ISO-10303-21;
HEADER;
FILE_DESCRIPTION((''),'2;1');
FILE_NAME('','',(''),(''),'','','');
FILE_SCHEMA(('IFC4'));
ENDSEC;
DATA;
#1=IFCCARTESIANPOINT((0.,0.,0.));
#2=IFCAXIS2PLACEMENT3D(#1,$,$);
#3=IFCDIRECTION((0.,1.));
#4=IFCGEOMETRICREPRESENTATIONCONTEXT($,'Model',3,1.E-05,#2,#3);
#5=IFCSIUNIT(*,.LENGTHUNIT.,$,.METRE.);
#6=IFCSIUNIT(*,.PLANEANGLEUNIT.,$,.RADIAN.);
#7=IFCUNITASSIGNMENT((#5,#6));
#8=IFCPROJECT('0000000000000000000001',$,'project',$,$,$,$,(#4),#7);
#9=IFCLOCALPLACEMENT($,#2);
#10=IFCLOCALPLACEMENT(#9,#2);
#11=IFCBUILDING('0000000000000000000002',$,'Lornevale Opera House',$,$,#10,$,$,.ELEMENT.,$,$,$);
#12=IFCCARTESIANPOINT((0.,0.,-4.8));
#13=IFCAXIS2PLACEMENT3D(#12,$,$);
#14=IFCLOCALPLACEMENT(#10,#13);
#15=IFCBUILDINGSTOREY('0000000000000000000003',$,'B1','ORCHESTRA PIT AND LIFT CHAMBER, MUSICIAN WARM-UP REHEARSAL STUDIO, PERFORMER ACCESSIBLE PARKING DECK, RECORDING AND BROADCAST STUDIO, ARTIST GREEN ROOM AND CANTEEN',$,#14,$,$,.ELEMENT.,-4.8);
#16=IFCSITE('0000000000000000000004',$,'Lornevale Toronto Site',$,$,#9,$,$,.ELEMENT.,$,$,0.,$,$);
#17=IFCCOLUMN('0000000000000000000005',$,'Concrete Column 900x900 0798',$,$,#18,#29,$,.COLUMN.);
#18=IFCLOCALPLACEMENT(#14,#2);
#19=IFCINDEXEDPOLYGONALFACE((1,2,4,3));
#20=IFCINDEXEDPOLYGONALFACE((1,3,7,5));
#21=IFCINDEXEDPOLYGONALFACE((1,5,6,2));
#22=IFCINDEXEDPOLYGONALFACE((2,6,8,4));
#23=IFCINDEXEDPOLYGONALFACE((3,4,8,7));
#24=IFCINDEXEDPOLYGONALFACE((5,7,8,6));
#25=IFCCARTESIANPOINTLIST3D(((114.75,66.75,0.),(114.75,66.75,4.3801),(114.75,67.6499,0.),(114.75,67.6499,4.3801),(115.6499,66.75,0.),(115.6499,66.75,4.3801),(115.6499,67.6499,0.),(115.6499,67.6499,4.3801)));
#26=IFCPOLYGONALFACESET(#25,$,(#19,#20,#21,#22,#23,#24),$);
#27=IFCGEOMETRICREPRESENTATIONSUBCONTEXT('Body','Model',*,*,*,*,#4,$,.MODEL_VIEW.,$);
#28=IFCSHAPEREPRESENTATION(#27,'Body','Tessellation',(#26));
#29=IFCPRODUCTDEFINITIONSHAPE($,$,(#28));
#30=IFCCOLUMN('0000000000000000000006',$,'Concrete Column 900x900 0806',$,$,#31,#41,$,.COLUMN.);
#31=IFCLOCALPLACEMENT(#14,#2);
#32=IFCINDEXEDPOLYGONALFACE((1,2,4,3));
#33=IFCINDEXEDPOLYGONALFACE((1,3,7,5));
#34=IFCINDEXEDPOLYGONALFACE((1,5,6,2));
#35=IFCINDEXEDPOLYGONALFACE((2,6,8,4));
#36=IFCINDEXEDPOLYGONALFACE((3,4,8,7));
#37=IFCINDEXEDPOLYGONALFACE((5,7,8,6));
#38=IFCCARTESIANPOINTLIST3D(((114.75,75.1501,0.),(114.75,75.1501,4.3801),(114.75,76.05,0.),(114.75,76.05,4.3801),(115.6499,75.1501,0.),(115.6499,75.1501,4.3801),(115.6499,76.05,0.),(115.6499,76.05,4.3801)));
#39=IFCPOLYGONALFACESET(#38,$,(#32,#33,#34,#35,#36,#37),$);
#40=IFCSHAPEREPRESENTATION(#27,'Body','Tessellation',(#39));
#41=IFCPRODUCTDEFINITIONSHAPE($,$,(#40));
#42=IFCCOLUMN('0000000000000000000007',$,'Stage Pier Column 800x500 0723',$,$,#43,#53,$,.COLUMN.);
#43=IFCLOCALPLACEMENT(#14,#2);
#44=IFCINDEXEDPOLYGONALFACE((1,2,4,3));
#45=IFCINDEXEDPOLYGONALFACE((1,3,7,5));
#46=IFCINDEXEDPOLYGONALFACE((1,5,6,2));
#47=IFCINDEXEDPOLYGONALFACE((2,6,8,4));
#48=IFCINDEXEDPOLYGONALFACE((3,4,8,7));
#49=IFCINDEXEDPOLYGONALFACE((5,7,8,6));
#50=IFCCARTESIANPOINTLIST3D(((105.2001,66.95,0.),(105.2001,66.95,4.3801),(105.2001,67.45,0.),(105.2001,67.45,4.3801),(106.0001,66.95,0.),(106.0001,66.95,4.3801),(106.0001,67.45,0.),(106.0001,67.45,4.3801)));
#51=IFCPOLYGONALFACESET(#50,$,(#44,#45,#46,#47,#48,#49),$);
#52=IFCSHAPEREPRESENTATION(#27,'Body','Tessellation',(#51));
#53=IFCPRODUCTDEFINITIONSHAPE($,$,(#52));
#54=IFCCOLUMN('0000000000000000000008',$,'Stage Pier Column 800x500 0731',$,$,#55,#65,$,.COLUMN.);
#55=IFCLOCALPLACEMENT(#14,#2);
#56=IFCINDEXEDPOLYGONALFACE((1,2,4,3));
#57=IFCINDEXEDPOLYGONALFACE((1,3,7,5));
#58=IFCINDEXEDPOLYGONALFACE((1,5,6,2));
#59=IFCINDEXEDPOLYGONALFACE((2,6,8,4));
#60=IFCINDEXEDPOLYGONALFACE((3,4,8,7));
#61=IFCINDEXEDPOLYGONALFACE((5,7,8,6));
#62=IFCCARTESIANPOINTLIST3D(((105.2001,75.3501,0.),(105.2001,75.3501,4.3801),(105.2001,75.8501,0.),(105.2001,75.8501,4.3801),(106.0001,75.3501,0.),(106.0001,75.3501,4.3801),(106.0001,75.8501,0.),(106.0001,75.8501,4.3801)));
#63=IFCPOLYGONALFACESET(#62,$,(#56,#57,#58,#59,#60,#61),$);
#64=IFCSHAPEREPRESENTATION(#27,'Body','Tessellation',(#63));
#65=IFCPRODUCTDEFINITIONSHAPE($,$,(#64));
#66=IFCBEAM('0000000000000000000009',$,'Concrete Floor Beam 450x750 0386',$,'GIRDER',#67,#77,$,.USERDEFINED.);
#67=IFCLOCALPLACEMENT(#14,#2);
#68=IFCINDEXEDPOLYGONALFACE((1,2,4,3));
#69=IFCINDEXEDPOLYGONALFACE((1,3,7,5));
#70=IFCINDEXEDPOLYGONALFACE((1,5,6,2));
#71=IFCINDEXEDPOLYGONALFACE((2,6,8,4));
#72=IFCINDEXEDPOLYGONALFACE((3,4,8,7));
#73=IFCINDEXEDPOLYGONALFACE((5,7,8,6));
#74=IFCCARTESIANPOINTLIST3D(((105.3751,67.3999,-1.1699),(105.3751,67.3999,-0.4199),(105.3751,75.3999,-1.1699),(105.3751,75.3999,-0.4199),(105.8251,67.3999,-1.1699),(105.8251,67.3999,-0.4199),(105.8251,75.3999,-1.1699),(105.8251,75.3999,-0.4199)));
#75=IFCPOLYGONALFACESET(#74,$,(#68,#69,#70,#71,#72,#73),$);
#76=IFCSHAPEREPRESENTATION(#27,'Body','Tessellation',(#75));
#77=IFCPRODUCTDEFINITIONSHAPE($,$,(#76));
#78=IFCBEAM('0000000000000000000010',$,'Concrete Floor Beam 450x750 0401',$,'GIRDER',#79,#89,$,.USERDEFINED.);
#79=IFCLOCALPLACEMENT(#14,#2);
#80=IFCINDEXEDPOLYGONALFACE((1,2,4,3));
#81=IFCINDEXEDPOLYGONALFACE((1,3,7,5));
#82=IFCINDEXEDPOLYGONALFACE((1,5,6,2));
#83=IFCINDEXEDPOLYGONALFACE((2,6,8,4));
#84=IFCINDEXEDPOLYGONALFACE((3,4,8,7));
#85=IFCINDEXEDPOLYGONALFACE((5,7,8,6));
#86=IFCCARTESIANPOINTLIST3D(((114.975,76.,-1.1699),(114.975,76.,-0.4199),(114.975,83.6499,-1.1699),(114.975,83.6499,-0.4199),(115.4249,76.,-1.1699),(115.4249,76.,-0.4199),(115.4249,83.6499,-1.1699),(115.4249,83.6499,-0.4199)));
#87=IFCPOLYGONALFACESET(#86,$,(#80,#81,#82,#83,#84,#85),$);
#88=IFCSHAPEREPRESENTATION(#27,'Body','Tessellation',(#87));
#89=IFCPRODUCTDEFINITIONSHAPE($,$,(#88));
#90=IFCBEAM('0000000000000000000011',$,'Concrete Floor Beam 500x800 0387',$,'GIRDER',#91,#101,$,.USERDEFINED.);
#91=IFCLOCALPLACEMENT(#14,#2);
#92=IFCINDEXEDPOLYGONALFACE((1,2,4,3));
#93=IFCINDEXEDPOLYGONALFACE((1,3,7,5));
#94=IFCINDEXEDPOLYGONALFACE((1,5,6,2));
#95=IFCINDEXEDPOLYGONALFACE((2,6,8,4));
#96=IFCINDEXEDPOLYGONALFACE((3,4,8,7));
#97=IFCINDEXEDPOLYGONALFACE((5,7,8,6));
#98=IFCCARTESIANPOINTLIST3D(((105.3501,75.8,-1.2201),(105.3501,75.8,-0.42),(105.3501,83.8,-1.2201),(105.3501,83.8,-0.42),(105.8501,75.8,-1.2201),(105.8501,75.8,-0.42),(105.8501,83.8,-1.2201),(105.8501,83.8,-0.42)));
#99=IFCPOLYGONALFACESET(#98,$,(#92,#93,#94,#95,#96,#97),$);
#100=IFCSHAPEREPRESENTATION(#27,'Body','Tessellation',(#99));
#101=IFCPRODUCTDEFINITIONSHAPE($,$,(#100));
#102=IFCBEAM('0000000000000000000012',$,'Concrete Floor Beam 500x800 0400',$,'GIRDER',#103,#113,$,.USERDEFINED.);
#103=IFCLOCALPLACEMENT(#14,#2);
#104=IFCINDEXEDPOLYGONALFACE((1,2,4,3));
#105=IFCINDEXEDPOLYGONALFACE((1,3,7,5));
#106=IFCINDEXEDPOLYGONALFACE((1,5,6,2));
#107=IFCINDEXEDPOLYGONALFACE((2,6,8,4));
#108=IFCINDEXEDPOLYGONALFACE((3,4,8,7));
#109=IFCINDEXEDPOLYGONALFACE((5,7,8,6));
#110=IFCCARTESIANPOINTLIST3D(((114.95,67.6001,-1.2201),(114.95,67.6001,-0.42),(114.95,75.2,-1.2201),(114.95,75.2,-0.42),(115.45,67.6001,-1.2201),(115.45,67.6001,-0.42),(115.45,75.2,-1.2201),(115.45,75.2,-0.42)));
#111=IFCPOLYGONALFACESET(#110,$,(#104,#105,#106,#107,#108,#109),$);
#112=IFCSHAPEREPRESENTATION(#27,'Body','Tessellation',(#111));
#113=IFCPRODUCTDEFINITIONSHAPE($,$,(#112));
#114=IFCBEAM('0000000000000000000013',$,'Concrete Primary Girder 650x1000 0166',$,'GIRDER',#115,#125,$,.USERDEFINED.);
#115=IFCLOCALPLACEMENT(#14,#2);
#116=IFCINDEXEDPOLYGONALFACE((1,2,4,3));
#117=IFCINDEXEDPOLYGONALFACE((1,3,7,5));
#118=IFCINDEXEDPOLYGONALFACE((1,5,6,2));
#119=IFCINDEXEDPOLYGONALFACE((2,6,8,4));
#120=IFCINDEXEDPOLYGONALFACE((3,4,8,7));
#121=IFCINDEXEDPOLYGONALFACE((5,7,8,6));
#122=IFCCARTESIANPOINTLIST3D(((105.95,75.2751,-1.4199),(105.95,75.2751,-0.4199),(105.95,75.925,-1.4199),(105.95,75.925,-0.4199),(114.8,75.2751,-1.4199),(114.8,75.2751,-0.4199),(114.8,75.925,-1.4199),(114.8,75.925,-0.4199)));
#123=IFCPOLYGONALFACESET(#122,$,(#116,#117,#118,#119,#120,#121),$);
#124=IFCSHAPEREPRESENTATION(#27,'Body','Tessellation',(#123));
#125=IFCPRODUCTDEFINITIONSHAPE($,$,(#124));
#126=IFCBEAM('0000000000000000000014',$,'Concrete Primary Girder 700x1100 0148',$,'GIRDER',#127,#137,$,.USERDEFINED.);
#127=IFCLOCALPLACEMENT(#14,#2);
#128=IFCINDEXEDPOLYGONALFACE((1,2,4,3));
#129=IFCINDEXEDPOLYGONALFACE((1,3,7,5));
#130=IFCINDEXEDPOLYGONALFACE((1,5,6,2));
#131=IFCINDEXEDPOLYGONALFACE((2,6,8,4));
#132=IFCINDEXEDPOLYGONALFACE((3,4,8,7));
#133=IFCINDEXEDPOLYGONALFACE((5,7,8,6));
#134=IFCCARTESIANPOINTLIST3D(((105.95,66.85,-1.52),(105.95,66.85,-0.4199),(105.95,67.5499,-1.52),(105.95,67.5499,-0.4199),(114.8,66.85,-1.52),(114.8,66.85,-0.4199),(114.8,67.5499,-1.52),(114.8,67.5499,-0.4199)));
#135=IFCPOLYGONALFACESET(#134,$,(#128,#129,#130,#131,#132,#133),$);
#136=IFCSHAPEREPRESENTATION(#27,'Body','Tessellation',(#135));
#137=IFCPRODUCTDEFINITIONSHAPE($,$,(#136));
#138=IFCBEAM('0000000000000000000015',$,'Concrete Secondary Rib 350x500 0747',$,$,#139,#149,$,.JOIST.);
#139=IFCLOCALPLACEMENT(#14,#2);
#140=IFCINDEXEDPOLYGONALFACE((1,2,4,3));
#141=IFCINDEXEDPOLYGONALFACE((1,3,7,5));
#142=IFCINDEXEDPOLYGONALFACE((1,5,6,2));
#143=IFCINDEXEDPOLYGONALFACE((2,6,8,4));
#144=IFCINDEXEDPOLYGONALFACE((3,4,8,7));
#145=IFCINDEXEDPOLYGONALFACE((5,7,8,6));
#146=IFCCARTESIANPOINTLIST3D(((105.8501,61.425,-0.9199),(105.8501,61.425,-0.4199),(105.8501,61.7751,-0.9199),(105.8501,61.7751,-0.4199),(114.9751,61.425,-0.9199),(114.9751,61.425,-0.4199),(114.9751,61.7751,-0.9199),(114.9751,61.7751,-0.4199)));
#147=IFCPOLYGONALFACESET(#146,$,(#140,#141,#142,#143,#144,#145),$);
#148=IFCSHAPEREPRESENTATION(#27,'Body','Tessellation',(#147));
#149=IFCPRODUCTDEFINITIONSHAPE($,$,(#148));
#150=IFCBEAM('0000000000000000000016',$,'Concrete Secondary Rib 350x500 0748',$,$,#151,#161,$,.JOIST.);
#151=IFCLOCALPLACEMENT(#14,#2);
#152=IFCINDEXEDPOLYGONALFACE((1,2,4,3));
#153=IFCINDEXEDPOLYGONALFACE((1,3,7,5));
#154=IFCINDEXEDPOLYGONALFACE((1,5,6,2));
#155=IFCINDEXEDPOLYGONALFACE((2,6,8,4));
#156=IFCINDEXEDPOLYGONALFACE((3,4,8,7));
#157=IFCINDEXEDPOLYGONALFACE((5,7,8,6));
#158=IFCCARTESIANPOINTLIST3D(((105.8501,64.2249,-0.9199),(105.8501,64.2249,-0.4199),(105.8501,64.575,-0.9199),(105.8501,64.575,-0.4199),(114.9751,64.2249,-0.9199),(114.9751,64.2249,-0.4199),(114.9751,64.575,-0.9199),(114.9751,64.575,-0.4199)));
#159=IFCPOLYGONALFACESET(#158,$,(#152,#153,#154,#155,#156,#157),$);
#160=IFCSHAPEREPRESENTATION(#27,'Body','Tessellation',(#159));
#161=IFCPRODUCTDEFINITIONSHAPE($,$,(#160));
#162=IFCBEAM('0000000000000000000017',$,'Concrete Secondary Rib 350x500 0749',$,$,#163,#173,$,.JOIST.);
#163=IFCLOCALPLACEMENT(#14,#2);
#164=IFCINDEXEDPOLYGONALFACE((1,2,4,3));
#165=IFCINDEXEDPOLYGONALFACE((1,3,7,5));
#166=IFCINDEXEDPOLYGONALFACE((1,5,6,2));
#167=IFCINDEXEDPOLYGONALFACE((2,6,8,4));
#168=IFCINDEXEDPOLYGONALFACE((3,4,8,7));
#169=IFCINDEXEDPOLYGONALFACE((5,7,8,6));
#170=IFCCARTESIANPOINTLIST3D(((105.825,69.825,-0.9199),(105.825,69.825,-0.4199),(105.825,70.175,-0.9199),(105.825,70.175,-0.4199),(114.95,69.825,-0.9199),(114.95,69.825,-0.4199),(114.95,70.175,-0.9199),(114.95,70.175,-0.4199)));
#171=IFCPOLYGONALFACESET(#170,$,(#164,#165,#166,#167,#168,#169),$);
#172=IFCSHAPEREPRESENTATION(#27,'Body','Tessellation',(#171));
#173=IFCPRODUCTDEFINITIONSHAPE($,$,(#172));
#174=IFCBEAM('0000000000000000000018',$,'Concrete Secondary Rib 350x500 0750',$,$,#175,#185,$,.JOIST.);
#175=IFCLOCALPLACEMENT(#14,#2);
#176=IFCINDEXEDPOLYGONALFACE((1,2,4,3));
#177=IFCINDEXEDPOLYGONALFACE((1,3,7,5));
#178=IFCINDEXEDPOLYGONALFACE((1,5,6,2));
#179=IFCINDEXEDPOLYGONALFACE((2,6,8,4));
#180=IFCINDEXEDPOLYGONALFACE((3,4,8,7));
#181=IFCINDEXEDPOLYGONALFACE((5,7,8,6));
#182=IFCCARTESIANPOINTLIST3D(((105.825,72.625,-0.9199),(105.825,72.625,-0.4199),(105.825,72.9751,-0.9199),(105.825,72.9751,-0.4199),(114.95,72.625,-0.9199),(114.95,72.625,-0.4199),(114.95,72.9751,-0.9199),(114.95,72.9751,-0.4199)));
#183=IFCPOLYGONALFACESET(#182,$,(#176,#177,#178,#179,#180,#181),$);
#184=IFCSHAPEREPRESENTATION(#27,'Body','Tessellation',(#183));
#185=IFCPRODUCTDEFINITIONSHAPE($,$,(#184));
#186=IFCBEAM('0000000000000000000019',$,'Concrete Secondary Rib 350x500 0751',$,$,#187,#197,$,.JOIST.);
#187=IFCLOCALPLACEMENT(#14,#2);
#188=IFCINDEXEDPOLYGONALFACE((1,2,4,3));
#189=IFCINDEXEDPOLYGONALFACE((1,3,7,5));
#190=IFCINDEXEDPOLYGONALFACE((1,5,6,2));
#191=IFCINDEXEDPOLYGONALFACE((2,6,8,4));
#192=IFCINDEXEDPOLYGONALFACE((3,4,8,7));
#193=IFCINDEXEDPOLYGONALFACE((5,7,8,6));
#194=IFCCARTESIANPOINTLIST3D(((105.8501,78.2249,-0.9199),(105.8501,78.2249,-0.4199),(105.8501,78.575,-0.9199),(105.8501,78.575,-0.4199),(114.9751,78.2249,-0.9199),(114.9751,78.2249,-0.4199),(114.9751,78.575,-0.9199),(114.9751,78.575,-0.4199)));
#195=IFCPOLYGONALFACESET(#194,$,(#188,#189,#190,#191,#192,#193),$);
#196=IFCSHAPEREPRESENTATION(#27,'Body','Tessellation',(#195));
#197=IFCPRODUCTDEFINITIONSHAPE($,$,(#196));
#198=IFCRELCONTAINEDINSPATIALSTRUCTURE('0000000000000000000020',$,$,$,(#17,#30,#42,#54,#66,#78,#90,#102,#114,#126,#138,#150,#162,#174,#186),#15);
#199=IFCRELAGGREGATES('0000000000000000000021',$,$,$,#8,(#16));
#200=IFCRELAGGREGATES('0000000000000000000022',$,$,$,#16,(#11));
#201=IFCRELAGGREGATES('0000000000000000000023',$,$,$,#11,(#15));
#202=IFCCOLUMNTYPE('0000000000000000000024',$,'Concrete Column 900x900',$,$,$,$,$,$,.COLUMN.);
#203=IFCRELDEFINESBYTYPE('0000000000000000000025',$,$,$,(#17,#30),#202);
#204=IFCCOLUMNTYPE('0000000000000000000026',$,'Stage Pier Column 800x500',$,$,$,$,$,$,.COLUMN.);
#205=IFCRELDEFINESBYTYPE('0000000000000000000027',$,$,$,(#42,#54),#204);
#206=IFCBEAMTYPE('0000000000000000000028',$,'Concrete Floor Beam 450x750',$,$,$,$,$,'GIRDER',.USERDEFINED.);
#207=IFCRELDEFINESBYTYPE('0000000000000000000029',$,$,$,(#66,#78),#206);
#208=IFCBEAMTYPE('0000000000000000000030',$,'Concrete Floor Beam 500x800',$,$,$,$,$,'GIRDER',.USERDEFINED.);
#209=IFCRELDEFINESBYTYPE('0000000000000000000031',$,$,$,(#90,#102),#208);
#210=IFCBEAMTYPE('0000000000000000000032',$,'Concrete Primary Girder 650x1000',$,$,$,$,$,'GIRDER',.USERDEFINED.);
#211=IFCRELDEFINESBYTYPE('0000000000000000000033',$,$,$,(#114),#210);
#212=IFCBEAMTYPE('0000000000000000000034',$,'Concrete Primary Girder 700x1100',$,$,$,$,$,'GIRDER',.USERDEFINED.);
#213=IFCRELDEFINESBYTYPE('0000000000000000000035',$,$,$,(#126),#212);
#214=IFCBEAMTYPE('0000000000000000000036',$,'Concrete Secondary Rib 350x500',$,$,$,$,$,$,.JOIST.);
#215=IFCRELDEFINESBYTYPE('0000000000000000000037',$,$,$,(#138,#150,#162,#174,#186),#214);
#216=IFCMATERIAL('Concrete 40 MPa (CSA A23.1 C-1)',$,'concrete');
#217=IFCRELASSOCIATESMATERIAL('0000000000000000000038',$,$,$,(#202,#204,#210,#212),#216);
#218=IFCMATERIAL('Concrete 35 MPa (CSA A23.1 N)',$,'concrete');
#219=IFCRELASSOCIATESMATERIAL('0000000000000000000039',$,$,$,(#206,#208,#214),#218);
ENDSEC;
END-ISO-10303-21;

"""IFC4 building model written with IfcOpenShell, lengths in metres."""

from ifc_helpers import new_model, si_unit, direction, frame, origin, origin_2d, place, context, subcontext, project, spatial, rectangle, extrude, material, material_profile, profile_set, type_object, element, save


model = new_model("IFC4")

# Units and contexts
model_context = context("Model", 3, precision=1e-05, world=origin(), true_north=direction((0.0, 1.0)))
body_context = subcontext(model_context, "Body", "Model", "MODEL_VIEW")
ifc_project = project(units=[si_unit("LENGTHUNIT", "METRE"), si_unit("PLANEANGLEUNIT", "RADIAN")], contexts=[model_context])

# Site, building, storey
site_placement = place(None, origin())
site = spatial("IfcSite", under=ifc_project, at=site_placement, Name="Lornevale Toronto Site", CompositionType="ELEMENT", RefElevation=0.0)
building_placement = place(site_placement, origin())
building = spatial("IfcBuilding", under=site, at=building_placement, Name="Lornevale Opera House", CompositionType="ELEMENT")
storey_placement = place(building_placement, frame((0.0, 0.0, -4.8)))
storey = spatial("IfcBuildingStorey", under=building, at=storey_placement, Name="B1", Description="ORCHESTRA PIT AND LIFT CHAMBER, MUSICIAN WARM-UP REHEARSAL STUDIO, PERFORMER ACCESSIBLE PARKING DECK, RECORDING AND BROADCAST STUDIO, ARTIST GREEN ROOM AND CANTEEN", CompositionType="ELEMENT", Elevation=-4.8)

# Columns
ifc_material_1 = material(Name="Concrete 40 MPa (CSA A23.1 C-1)", Category="concrete")
ifc_material_profile_1 = material_profile(ifc_material_1, rectangle(XDim=0.8999, YDim=0.8999, at=origin_2d()), Name="RC900x900")
ifc_profile_set_1 = profile_set([ifc_material_profile_1], Name="Concrete 40 MPa (CSA A23.1 C-1)")
column_type_1 = type_object("IfcColumnType", Name="Concrete Column 900x900", PredefinedType="COLUMN", material=ifc_profile_set_1)
for number, where, z_axis, x_axis, name in (
    (1, (115.2, 67.2, 0.0), (0.0, 0.0, 1.0), (1.0, 0.0, 0.0), "Concrete Column 900x900 0798"),
    (2, (115.2, 75.6001, 0.0), (0.0, 0.0, 1.0), (1.0, 0.0, 0.0), "Concrete Column 900x900 0806"),
):
    element("IfcColumn", number, at=place(storey_placement, frame(where, z_axis=z_axis, x_axis=x_axis)), inside=storey, type_object=column_type_1, Name=name, PredefinedType="COLUMN", context=body_context, shape_type="SweptSolid", body=[
        extrude(rectangle(XDim=0.8999, YDim=0.8999, at=origin_2d()), origin(), (0.0, 0.0, 1.0), 4.3801),
    ])
ifc_material_profile_2 = material_profile(ifc_material_1, rectangle(XDim=0.8, YDim=0.5, at=origin_2d()), Name="RC800x500")
ifc_profile_set_2 = profile_set([ifc_material_profile_2], Name="Concrete 40 MPa (CSA A23.1 C-1)")
column_type_2 = type_object("IfcColumnType", Name="Stage Pier Column 800x500", PredefinedType="COLUMN", material=ifc_profile_set_2)
for number, where, z_axis, x_axis, name in (
    (3, (105.6001, 67.2, 0.0), (0.0, 0.0, 1.0), (1.0, 0.0, 0.0), "Stage Pier Column 800x500 0723"),
    (4, (105.6001, 75.6001, 0.0), (0.0, 0.0, 1.0), (1.0, 0.0, 0.0), "Stage Pier Column 800x500 0731"),
):
    element("IfcColumn", number, at=place(storey_placement, frame(where, z_axis=z_axis, x_axis=x_axis)), inside=storey, type_object=column_type_2, Name=name, PredefinedType="COLUMN", context=body_context, shape_type="SweptSolid", body=[
        extrude(rectangle(XDim=0.8, YDim=0.5, at=origin_2d()), origin(), (0.0, 0.0, 1.0), 4.3801),
    ])

# Beams
ifc_material_2 = material(Name="Concrete 35 MPa (CSA A23.1 N)", Category="concrete")
ifc_material_profile_3 = material_profile(ifc_material_2, rectangle(XDim=0.45, YDim=0.75, at=origin_2d()), Name="RC450x750")
ifc_profile_set_3 = profile_set([ifc_material_profile_3], Name="Concrete 35 MPa (CSA A23.1 N)")
beam_type_1 = type_object("IfcBeamType", Name="Concrete Floor Beam 450x750", ElementType="GIRDER", PredefinedType="USERDEFINED", material=ifc_profile_set_3)
beam_1_placement = place(storey_placement, frame((105.6001, 67.3999, -0.7949), z_axis=(0.0, 1.0, 0.0), x_axis=(-1.0, 0.0, 0.0)))
element("IfcBeam", 5, at=beam_1_placement, inside=storey, type_object=beam_type_1, Name="Concrete Floor Beam 450x750 0386", ObjectType="GIRDER", PredefinedType="USERDEFINED", context=body_context, shape_type="SweptSolid", body=[
    extrude(rectangle(XDim=0.45, YDim=0.75, at=origin_2d()), origin(), (0.0, 0.0, 1.0), 8.0),
])
beam_2_placement = place(storey_placement, frame((115.2, 76.0, -0.7949), z_axis=(0.0, 1.0, 0.0), x_axis=(-1.0, 0.0, 0.0)))
element("IfcBeam", 6, at=beam_2_placement, inside=storey, type_object=beam_type_1, Name="Concrete Floor Beam 450x750 0401", ObjectType="GIRDER", PredefinedType="USERDEFINED", context=body_context, shape_type="SweptSolid", body=[
    extrude(rectangle(XDim=0.45, YDim=0.75, at=origin_2d()), origin(), (0.0, 0.0, 1.0), 7.6499),
])
ifc_material_profile_4 = material_profile(ifc_material_2, rectangle(XDim=0.5, YDim=0.8, at=origin_2d()), Name="RC500x800")
ifc_profile_set_4 = profile_set([ifc_material_profile_4], Name="Concrete 35 MPa (CSA A23.1 N)")
beam_type_2 = type_object("IfcBeamType", Name="Concrete Floor Beam 500x800", ElementType="GIRDER", PredefinedType="USERDEFINED", material=ifc_profile_set_4)
beam_3_placement = place(storey_placement, frame((105.6001, 75.8, -0.8201), z_axis=(0.0, 1.0, 0.0), x_axis=(-1.0, 0.0, 0.0)))
element("IfcBeam", 7, at=beam_3_placement, inside=storey, type_object=beam_type_2, Name="Concrete Floor Beam 500x800 0387", ObjectType="GIRDER", PredefinedType="USERDEFINED", context=body_context, shape_type="SweptSolid", body=[
    extrude(rectangle(XDim=0.5, YDim=0.8, at=origin_2d()), origin(), (0.0, 0.0, 1.0), 8.0),
])
beam_4_placement = place(storey_placement, frame((115.2, 67.6001, -0.8201), z_axis=(0.0, 1.0, 0.0), x_axis=(-1.0, 0.0, 0.0)))
element("IfcBeam", 8, at=beam_4_placement, inside=storey, type_object=beam_type_2, Name="Concrete Floor Beam 500x800 0400", ObjectType="GIRDER", PredefinedType="USERDEFINED", context=body_context, shape_type="SweptSolid", body=[
    extrude(rectangle(XDim=0.5, YDim=0.8, at=origin_2d()), origin(), (0.0, 0.0, 1.0), 7.5999),
])
ifc_material_profile_5 = material_profile(ifc_material_1, rectangle(XDim=0.6499, YDim=1.0, at=origin_2d()), Name="RC650x1000")
ifc_profile_set_5 = profile_set([ifc_material_profile_5], Name="Concrete 40 MPa (CSA A23.1 C-1)")
beam_type_3 = type_object("IfcBeamType", Name="Concrete Primary Girder 650x1000", ElementType="GIRDER", PredefinedType="USERDEFINED", material=ifc_profile_set_5)
beam_5_placement = place(storey_placement, frame((105.95, 75.6001, -0.9199), z_axis=(1.0, 0.0, 0.0), x_axis=(0.0, 1.0, 0.0)))
element("IfcBeam", 9, at=beam_5_placement, inside=storey, type_object=beam_type_3, Name="Concrete Primary Girder 650x1000 0166", ObjectType="GIRDER", PredefinedType="USERDEFINED", context=body_context, shape_type="SweptSolid", body=[
    extrude(rectangle(XDim=0.6499, YDim=1.0, at=origin_2d()), origin(), (0.0, 0.0, 1.0), 8.8501),
])
ifc_material_profile_6 = material_profile(ifc_material_1, rectangle(XDim=0.7, YDim=1.1001, at=origin_2d()), Name="RC700x1100")
ifc_profile_set_6 = profile_set([ifc_material_profile_6], Name="Concrete 40 MPa (CSA A23.1 C-1)")
beam_type_4 = type_object("IfcBeamType", Name="Concrete Primary Girder 700x1100", ElementType="GIRDER", PredefinedType="USERDEFINED", material=ifc_profile_set_6)
beam_6_placement = place(storey_placement, frame((105.95, 67.2, -0.97), z_axis=(1.0, 0.0, 0.0), x_axis=(0.0, 1.0, 0.0)))
element("IfcBeam", 10, at=beam_6_placement, inside=storey, type_object=beam_type_4, Name="Concrete Primary Girder 700x1100 0148", ObjectType="GIRDER", PredefinedType="USERDEFINED", context=body_context, shape_type="SweptSolid", body=[
    extrude(rectangle(XDim=0.7, YDim=1.1001, at=origin_2d()), origin(), (0.0, 0.0, 1.0), 8.8501),
])
ifc_material_profile_7 = material_profile(ifc_material_2, rectangle(XDim=0.3501, YDim=0.5, at=origin_2d()), Name="RC350x500")
ifc_profile_set_7 = profile_set([ifc_material_profile_7], Name="Concrete 35 MPa (CSA A23.1 N)")
beam_type_5 = type_object("IfcBeamType", Name="Concrete Secondary Rib 350x500", PredefinedType="JOIST", material=ifc_profile_set_7)
for number, where, z_axis, x_axis, name in (
    (11, (105.8501, 61.6001, -0.6699), (1.0, 0.0, 0.0), (0.0, 1.0, 0.0), "Concrete Secondary Rib 350x500 0747"),
    (12, (105.8501, 64.3999, -0.6699), (1.0, 0.0, 0.0), (0.0, 1.0, 0.0), "Concrete Secondary Rib 350x500 0748"),
    (13, (105.825, 70.0, -0.6699), (1.0, 0.0, 0.0), (0.0, 1.0, 0.0), "Concrete Secondary Rib 350x500 0749"),
    (14, (105.825, 72.8, -0.6699), (1.0, 0.0, 0.0), (0.0, 1.0, 0.0), "Concrete Secondary Rib 350x500 0750"),
    (15, (105.8501, 78.3999, -0.6699), (1.0, 0.0, 0.0), (0.0, 1.0, 0.0), "Concrete Secondary Rib 350x500 0751"),
):
    element("IfcBeam", number, at=place(storey_placement, frame(where, z_axis=z_axis, x_axis=x_axis)), inside=storey, type_object=beam_type_5, Name=name, PredefinedType="JOIST", context=body_context, shape_type="SweptSolid", body=[
        extrude(rectangle(XDim=0.3501, YDim=0.5, at=origin_2d()), origin(), (0.0, 0.0, 1.0), 9.125),
    ])

save(model, "model.ifc")
